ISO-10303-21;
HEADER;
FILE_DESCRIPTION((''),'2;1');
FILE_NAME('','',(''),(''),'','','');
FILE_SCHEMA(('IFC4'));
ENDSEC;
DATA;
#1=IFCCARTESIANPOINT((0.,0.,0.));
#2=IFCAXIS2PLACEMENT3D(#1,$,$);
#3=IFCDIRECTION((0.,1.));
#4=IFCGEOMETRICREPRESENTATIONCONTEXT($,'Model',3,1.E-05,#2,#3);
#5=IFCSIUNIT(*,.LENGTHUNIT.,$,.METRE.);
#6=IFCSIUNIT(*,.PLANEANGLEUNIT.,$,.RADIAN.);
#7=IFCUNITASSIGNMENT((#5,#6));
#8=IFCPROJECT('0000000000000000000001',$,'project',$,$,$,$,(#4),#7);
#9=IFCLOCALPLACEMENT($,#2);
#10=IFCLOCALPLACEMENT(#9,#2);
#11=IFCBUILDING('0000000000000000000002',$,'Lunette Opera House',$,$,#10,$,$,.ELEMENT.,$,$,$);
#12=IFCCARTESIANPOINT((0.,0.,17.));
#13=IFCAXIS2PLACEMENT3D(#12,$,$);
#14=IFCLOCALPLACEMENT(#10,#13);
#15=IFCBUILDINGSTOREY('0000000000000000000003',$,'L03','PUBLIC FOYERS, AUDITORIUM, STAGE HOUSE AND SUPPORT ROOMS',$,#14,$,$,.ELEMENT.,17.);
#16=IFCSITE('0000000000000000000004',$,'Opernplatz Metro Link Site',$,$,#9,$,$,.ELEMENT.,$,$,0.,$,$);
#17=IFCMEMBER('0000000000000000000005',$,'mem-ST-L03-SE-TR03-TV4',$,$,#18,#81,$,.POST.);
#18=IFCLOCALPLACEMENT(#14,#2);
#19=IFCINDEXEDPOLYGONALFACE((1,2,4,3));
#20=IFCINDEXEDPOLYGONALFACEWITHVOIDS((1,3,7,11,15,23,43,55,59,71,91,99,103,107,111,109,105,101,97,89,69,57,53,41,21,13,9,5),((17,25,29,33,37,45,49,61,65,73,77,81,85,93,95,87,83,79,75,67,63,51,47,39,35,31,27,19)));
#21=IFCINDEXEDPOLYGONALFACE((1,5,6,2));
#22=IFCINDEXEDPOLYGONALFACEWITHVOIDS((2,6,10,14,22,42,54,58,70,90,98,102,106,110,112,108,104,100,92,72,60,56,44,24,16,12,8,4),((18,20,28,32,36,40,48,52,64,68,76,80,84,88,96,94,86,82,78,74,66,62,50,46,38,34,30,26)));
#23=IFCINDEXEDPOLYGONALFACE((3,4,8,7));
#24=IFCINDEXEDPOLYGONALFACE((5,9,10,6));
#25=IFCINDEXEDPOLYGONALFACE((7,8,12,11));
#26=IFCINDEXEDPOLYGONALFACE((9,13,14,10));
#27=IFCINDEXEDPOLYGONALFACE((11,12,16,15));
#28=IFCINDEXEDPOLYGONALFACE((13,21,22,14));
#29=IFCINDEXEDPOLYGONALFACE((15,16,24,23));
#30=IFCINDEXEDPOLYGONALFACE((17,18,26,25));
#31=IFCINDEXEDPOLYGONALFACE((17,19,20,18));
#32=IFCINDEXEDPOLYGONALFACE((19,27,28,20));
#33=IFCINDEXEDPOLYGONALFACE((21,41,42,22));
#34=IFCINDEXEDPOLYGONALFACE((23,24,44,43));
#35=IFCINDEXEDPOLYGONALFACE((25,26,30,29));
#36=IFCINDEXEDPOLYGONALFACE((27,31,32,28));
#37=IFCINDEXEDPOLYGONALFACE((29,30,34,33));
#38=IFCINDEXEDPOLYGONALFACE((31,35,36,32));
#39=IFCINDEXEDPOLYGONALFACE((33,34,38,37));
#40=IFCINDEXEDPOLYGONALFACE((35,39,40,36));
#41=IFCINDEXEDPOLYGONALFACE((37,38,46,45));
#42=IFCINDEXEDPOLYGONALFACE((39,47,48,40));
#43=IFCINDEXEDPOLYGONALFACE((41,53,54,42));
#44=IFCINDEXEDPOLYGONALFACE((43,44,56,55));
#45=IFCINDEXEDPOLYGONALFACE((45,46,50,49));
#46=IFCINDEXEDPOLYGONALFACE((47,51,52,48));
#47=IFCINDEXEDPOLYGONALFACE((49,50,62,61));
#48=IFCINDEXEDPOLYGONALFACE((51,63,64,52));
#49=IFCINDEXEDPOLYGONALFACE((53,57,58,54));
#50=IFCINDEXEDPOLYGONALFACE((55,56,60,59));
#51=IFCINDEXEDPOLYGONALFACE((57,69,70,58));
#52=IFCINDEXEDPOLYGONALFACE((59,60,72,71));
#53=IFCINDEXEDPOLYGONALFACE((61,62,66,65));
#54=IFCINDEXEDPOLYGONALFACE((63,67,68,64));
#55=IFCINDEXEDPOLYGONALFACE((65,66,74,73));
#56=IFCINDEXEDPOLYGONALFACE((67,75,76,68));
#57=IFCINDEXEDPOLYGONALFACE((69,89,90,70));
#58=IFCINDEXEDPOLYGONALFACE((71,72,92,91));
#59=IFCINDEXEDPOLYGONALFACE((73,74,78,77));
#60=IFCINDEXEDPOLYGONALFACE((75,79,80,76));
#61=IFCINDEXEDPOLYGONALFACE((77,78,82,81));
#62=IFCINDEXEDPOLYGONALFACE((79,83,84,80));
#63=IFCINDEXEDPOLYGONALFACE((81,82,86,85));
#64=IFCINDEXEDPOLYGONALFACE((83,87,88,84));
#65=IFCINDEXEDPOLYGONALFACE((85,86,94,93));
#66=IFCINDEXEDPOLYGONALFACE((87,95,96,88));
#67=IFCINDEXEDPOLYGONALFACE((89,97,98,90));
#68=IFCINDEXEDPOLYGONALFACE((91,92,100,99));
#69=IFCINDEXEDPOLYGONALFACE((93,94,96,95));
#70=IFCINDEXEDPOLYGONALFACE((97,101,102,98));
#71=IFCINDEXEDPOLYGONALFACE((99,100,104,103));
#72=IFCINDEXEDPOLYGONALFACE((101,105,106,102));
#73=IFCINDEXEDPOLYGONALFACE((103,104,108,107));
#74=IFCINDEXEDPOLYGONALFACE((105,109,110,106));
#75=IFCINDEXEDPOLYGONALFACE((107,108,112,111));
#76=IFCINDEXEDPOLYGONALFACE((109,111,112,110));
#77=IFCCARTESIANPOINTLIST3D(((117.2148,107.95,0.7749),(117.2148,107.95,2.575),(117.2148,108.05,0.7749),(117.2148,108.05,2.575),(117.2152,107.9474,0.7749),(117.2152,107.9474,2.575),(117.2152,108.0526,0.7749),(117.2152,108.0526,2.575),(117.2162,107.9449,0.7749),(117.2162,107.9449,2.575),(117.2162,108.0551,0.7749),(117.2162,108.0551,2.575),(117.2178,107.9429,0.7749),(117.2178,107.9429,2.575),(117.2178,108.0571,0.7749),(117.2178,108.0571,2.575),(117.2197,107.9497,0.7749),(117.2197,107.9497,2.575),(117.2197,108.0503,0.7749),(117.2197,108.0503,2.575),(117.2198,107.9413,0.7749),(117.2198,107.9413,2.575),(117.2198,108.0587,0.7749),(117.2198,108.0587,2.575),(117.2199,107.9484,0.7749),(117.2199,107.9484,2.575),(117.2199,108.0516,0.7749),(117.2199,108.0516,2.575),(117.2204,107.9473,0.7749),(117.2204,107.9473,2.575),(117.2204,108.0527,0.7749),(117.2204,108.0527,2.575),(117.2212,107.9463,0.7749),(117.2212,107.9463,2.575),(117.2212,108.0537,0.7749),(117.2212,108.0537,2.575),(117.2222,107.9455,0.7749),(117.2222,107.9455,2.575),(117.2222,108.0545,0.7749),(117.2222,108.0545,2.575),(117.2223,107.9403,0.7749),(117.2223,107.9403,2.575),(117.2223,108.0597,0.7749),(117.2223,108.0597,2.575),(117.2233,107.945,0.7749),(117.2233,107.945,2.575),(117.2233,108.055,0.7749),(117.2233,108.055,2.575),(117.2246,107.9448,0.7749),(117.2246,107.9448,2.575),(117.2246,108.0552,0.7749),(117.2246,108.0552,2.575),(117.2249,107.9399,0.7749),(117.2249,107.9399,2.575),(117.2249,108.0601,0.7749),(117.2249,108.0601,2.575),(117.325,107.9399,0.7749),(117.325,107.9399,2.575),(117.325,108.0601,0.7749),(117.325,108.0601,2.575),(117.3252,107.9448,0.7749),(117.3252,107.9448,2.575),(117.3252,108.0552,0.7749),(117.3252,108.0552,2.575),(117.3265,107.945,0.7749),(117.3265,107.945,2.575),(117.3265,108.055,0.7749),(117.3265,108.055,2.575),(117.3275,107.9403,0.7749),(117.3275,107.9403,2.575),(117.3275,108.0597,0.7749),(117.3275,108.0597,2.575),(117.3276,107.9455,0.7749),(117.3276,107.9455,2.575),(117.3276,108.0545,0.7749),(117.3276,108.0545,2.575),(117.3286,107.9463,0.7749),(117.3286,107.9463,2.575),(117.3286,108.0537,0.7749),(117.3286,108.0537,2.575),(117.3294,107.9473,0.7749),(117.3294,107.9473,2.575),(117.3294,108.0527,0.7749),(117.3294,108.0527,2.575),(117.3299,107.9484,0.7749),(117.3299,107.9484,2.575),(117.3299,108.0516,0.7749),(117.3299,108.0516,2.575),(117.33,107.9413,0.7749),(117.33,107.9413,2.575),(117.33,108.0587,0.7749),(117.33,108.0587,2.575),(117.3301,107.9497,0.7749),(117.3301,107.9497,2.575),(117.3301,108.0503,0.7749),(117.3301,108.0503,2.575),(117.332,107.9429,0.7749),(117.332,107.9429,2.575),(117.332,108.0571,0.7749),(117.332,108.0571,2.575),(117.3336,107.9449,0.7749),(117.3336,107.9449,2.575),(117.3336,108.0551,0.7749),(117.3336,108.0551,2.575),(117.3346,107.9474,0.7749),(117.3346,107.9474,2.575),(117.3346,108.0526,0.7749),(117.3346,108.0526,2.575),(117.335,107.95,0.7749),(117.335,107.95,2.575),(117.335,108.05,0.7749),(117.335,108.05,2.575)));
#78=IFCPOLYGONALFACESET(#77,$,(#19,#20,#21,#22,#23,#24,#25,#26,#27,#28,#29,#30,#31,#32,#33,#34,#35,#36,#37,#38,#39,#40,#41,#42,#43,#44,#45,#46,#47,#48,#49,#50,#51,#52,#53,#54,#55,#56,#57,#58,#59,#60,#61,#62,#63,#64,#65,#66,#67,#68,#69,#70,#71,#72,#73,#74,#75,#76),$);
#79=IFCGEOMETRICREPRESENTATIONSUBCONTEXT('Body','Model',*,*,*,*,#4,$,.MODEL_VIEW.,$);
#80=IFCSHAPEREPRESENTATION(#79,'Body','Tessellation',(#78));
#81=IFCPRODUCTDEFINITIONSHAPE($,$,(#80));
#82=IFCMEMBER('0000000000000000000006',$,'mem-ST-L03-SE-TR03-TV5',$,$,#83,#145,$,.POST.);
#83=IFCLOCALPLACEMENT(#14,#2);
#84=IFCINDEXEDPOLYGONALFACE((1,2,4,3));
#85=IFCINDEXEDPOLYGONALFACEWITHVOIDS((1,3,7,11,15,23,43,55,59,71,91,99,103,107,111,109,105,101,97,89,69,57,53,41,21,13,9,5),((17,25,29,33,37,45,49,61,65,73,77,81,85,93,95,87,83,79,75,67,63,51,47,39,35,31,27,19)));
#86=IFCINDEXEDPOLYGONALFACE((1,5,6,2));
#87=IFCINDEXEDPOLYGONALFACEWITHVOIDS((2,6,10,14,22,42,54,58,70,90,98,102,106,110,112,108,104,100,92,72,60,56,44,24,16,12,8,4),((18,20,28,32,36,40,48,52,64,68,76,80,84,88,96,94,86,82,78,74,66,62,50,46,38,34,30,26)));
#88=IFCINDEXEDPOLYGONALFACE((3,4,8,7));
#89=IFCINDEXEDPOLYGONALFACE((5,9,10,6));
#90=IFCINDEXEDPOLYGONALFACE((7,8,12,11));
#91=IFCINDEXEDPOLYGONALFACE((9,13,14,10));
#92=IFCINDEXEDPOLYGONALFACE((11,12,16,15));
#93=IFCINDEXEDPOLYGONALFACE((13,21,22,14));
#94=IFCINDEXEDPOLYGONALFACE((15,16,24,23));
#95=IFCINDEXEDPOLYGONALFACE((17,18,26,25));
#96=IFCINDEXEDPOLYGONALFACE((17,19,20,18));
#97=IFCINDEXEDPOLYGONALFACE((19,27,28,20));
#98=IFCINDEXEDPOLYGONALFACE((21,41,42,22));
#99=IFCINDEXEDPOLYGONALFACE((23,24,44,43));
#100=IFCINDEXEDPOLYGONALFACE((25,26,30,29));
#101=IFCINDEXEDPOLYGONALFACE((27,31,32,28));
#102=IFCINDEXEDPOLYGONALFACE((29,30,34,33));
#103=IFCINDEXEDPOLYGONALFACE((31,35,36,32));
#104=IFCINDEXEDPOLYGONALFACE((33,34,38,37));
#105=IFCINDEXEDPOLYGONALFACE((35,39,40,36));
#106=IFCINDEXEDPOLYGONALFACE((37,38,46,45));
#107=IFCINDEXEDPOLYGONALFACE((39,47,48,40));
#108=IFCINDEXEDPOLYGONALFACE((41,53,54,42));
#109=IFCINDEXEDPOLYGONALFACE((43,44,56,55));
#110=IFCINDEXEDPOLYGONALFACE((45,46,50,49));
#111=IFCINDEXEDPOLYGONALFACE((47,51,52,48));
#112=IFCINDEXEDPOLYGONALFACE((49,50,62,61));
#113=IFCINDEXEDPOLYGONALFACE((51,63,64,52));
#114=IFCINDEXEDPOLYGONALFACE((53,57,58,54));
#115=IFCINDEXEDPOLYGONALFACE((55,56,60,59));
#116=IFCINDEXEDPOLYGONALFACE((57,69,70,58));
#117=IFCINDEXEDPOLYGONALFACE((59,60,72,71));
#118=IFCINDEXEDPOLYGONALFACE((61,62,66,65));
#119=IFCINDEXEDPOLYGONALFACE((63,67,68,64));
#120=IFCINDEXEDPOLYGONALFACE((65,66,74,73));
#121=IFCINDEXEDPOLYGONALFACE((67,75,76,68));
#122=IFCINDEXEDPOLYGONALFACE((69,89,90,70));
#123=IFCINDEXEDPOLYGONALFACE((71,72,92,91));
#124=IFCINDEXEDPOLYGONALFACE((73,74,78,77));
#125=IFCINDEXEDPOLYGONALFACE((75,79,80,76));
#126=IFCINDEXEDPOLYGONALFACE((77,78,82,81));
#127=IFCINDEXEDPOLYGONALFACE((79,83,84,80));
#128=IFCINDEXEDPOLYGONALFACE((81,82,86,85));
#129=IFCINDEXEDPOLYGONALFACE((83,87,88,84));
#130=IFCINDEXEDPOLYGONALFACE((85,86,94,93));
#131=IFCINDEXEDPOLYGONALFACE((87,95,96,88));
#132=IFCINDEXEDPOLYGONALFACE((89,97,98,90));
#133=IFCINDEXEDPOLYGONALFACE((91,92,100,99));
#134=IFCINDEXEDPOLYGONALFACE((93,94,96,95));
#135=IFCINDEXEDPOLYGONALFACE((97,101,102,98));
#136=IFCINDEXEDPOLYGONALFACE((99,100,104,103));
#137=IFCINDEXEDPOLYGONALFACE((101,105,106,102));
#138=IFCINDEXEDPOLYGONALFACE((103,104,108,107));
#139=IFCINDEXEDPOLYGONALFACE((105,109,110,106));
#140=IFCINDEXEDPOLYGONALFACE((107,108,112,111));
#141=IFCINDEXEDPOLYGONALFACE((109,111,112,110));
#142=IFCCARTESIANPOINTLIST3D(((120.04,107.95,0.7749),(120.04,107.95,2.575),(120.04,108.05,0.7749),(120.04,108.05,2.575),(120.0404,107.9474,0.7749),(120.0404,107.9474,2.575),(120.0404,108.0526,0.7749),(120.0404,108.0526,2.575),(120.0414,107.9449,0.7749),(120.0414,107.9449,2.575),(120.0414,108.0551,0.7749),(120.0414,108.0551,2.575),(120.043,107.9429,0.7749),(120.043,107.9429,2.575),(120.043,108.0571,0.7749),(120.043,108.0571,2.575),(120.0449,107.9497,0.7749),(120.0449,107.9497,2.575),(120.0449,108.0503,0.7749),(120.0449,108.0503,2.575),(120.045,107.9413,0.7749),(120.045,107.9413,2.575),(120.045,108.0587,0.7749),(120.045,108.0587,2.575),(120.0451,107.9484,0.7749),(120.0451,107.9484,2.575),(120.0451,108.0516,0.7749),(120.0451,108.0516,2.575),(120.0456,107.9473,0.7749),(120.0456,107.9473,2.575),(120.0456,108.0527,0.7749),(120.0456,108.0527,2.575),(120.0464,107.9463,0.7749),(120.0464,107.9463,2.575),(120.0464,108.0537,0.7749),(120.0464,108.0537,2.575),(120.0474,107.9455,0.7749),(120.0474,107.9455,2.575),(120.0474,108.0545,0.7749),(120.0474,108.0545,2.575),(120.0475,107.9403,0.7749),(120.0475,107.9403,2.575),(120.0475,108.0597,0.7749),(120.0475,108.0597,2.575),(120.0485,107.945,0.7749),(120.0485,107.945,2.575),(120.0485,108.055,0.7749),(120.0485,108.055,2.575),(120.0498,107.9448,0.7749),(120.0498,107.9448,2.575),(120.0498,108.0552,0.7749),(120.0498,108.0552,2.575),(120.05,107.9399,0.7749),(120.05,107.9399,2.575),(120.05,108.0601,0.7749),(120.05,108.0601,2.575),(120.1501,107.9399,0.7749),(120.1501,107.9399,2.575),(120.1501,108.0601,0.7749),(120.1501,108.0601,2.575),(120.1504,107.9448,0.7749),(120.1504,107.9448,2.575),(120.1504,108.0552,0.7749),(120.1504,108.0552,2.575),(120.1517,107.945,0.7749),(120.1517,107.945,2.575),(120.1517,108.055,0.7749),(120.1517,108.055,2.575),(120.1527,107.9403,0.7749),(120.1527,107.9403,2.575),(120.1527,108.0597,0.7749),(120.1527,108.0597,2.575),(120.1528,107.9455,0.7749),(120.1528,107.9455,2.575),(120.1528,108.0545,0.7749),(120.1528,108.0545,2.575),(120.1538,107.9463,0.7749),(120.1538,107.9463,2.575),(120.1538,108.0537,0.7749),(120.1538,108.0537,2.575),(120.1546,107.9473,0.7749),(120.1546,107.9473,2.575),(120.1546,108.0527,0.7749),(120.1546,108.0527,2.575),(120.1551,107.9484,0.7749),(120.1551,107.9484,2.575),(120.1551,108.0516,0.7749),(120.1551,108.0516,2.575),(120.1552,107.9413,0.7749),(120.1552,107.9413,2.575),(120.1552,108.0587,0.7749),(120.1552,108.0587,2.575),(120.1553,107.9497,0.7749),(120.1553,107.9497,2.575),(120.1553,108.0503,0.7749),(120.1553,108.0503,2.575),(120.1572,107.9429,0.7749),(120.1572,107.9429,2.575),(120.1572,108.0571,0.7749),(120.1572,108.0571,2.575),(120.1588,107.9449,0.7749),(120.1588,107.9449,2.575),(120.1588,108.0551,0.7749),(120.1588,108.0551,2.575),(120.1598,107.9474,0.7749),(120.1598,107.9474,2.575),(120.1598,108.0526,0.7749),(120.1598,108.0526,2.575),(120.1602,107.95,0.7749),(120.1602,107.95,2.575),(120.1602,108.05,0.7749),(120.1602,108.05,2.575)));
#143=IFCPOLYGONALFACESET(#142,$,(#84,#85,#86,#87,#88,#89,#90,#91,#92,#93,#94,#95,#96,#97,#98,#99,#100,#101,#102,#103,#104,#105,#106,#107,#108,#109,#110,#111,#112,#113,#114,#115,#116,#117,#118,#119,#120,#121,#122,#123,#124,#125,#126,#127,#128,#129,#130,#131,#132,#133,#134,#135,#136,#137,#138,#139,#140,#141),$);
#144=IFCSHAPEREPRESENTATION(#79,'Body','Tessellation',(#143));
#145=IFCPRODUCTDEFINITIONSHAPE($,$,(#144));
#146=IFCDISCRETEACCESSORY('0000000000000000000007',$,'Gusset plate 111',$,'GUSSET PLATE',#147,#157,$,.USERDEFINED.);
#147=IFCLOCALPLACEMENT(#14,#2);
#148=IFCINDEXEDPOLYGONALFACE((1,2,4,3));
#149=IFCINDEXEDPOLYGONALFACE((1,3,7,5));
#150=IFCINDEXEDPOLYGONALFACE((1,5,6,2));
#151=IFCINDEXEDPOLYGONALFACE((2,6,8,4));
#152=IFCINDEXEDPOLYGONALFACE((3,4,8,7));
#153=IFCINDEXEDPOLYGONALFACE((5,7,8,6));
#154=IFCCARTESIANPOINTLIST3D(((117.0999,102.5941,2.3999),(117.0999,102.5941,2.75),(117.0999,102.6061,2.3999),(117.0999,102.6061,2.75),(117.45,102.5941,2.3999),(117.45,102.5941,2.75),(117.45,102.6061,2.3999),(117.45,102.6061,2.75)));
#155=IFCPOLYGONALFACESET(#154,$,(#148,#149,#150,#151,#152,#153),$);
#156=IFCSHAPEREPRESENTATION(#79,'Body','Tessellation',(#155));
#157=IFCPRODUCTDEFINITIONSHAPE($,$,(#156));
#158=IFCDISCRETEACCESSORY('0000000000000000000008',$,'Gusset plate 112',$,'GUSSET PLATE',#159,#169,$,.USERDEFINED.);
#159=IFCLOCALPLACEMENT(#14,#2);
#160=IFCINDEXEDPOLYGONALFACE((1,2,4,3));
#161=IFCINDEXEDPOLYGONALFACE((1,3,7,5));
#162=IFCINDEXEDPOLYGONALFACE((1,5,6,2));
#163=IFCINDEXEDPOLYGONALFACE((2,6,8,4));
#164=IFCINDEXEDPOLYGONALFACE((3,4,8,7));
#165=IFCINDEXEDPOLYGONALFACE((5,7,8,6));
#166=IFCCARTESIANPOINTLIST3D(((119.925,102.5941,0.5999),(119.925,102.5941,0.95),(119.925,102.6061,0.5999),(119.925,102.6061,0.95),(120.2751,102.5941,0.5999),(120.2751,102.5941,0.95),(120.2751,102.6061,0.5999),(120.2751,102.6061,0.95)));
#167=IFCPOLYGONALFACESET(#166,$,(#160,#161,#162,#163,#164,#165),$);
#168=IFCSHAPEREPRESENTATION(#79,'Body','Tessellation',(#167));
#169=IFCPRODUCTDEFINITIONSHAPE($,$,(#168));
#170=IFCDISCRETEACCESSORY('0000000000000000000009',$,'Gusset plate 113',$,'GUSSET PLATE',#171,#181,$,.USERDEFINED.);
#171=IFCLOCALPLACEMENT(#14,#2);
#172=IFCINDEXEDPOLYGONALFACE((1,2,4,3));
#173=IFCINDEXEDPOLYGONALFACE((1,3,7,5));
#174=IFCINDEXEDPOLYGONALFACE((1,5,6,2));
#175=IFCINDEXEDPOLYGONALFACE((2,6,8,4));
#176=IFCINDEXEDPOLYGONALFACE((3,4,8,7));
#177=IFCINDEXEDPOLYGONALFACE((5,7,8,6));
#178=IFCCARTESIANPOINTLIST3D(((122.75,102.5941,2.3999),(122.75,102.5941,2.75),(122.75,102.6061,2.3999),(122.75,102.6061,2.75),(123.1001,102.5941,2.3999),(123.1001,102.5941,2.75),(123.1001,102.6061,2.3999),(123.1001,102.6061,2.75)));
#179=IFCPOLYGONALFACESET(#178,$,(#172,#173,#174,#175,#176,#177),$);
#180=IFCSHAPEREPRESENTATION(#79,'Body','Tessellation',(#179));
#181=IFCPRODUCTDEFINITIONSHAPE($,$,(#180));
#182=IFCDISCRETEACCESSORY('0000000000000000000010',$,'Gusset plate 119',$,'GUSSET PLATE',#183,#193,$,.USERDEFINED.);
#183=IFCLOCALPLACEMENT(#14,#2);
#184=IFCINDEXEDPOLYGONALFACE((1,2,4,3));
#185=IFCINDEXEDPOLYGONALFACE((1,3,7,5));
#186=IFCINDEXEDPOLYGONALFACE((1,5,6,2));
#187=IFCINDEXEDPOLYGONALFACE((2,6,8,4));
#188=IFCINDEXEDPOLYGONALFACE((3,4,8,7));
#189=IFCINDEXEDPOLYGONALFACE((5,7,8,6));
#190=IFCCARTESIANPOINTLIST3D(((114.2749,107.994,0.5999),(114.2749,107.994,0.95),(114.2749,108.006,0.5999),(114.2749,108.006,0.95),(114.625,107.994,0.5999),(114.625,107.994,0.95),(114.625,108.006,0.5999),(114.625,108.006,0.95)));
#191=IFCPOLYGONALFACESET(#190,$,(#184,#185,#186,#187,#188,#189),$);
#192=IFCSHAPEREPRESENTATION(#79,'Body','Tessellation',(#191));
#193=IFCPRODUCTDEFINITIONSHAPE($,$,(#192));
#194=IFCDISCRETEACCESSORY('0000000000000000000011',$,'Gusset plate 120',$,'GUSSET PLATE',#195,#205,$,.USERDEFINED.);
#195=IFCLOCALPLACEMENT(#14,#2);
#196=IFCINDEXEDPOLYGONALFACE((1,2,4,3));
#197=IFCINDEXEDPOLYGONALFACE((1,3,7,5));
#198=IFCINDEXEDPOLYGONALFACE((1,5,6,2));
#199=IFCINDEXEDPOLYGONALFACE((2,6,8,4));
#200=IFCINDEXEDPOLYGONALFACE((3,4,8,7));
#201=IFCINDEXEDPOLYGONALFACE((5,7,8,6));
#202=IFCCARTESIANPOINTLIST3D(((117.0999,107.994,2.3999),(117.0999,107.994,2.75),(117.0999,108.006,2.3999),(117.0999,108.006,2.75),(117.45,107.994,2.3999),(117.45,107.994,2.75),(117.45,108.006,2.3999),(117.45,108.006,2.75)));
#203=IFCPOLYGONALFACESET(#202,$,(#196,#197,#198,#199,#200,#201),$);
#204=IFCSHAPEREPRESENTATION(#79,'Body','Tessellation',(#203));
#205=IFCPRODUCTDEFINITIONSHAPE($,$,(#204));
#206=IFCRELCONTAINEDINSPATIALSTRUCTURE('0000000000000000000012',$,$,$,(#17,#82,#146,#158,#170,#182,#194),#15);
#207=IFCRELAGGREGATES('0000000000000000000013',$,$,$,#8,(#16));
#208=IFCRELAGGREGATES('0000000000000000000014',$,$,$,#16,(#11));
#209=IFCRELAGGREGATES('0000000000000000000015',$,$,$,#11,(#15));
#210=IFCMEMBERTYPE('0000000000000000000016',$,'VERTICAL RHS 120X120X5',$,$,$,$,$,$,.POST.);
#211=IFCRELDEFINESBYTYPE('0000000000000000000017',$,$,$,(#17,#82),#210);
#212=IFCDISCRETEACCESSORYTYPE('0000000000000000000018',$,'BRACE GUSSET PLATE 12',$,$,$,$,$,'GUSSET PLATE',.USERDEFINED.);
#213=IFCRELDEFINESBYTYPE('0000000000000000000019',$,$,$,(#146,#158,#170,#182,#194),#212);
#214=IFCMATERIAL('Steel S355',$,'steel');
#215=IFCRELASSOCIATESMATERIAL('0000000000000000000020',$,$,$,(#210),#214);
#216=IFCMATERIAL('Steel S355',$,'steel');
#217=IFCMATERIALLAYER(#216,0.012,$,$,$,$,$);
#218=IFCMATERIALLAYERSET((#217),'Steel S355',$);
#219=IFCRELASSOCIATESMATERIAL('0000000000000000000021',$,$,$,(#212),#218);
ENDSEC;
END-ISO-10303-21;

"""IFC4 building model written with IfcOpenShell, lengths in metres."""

from ifc_helpers import new_model, si_unit, direction, frame, origin, origin_2d, place, context, subcontext, project, spatial, rectangle, hollow_rectangle, extrude, material, layer, layer_set, material_profile, profile_set, type_object, element, save


model = new_model("IFC4")

# Units and contexts
model_context = context("Model", 3, precision=1e-05, world=origin(), true_north=direction((0.0, 1.0)))
body_context = subcontext(model_context, "Body", "Model", "MODEL_VIEW")
ifc_project = project(units=[si_unit("LENGTHUNIT", "METRE"), si_unit("PLANEANGLEUNIT", "RADIAN")], contexts=[model_context])

# Site, building, storey
site_placement = place(None, origin())
site = spatial("IfcSite", under=ifc_project, at=site_placement, Name="Opernplatz Metro Link Site", CompositionType="ELEMENT", RefElevation=0.0)
building_placement = place(site_placement, origin())
building = spatial("IfcBuilding", under=site, at=building_placement, Name="Lunette Opera House", CompositionType="ELEMENT")
storey_placement = place(building_placement, frame((0.0, 0.0, 17.0)))
storey = spatial("IfcBuildingStorey", under=building, at=storey_placement, Name="L03", Description="PUBLIC FOYERS, AUDITORIUM, STAGE HOUSE AND SUPPORT ROOMS", CompositionType="ELEMENT", Elevation=17.0)

# Members
ifc_material_1 = material(Name="Steel S355", Category="steel")
ifc_material_profile_1 = material_profile(ifc_material_1, hollow_rectangle(XDim=0.1201, YDim=0.1201, WallThickness=0.0049, InnerFilletRadius=0.0049, OuterFilletRadius=0.01, at=origin_2d()), Name="RHS 120X120X5")
ifc_profile_set_1 = profile_set([ifc_material_profile_1], Name="Steel S355")
member_type_1 = type_object("IfcMemberType", Name="VERTICAL RHS 120X120X5", PredefinedType="POST", material=ifc_profile_set_1)
for number, where, z_axis, x_axis, name in (
    (1, (117.2749, 108.0, 0.7749), (0.0, 0.0, 1.0), (1.0, 0.0, 0.0), "mem-ST-L03-SE-TR03-TV4"),
    (2, (120.1001, 108.0, 0.7749), (0.0, 0.0, 1.0), (1.0, 0.0, 0.0), "mem-ST-L03-SE-TR03-TV5"),
):
    element("IfcMember", number, at=place(storey_placement, frame(where, z_axis=z_axis, x_axis=x_axis)), inside=storey, type_object=member_type_1, Name=name, PredefinedType="POST", context=body_context, shape_type="SweptSolid", body=[
        extrude(hollow_rectangle(XDim=0.1201, YDim=0.1201, WallThickness=0.0049, InnerFilletRadius=0.0049, OuterFilletRadius=0.01, at=origin_2d()), origin(), (0.0, 0.0, 1.0), 1.8),
    ])

# Discrete accessories
ifc_material_2 = material(Name="Steel S355", Category="steel")
ifc_layer = layer(ifc_material_2, 0.012)
ifc_layer_set = layer_set([ifc_layer], Name="Steel S355")
discrete_accessory_type = type_object("IfcDiscreteAccessoryType", Name="BRACE GUSSET PLATE 12", ElementType="GUSSET PLATE", PredefinedType="USERDEFINED", material=ifc_layer_set)
for number, where, z_axis, x_axis, name in (
    (3, (117.2749, 102.6001, 2.3999), (0.0, 0.0, 1.0), (1.0, 0.0, 0.0), "Gusset plate 111"),
    (4, (120.1001, 102.6001, 0.5999), (0.0, 0.0, 1.0), (1.0, 0.0, 0.0), "Gusset plate 112"),
    (5, (122.925, 102.6001, 2.3999), (0.0, 0.0, 1.0), (1.0, 0.0, 0.0), "Gusset plate 113"),
    (6, (114.45, 108.0, 0.5999), (0.0, 0.0, 1.0), (1.0, 0.0, 0.0), "Gusset plate 119"),
    (7, (117.2749, 108.0, 2.3999), (0.0, 0.0, 1.0), (1.0, 0.0, 0.0), "Gusset plate 120"),
):
    element("IfcDiscreteAccessory", number, at=place(storey_placement, frame(where, z_axis=z_axis, x_axis=x_axis)), inside=storey, type_object=discrete_accessory_type, Name=name, ObjectType="GUSSET PLATE", PredefinedType="USERDEFINED", context=body_context, shape_type="SweptSolid", body=[
        extrude(rectangle(XDim=0.3501, YDim=0.012, at=origin_2d()), origin(), (0.0, 0.0, 1.0), 0.3501),
    ])

save(model, "model.ifc")
